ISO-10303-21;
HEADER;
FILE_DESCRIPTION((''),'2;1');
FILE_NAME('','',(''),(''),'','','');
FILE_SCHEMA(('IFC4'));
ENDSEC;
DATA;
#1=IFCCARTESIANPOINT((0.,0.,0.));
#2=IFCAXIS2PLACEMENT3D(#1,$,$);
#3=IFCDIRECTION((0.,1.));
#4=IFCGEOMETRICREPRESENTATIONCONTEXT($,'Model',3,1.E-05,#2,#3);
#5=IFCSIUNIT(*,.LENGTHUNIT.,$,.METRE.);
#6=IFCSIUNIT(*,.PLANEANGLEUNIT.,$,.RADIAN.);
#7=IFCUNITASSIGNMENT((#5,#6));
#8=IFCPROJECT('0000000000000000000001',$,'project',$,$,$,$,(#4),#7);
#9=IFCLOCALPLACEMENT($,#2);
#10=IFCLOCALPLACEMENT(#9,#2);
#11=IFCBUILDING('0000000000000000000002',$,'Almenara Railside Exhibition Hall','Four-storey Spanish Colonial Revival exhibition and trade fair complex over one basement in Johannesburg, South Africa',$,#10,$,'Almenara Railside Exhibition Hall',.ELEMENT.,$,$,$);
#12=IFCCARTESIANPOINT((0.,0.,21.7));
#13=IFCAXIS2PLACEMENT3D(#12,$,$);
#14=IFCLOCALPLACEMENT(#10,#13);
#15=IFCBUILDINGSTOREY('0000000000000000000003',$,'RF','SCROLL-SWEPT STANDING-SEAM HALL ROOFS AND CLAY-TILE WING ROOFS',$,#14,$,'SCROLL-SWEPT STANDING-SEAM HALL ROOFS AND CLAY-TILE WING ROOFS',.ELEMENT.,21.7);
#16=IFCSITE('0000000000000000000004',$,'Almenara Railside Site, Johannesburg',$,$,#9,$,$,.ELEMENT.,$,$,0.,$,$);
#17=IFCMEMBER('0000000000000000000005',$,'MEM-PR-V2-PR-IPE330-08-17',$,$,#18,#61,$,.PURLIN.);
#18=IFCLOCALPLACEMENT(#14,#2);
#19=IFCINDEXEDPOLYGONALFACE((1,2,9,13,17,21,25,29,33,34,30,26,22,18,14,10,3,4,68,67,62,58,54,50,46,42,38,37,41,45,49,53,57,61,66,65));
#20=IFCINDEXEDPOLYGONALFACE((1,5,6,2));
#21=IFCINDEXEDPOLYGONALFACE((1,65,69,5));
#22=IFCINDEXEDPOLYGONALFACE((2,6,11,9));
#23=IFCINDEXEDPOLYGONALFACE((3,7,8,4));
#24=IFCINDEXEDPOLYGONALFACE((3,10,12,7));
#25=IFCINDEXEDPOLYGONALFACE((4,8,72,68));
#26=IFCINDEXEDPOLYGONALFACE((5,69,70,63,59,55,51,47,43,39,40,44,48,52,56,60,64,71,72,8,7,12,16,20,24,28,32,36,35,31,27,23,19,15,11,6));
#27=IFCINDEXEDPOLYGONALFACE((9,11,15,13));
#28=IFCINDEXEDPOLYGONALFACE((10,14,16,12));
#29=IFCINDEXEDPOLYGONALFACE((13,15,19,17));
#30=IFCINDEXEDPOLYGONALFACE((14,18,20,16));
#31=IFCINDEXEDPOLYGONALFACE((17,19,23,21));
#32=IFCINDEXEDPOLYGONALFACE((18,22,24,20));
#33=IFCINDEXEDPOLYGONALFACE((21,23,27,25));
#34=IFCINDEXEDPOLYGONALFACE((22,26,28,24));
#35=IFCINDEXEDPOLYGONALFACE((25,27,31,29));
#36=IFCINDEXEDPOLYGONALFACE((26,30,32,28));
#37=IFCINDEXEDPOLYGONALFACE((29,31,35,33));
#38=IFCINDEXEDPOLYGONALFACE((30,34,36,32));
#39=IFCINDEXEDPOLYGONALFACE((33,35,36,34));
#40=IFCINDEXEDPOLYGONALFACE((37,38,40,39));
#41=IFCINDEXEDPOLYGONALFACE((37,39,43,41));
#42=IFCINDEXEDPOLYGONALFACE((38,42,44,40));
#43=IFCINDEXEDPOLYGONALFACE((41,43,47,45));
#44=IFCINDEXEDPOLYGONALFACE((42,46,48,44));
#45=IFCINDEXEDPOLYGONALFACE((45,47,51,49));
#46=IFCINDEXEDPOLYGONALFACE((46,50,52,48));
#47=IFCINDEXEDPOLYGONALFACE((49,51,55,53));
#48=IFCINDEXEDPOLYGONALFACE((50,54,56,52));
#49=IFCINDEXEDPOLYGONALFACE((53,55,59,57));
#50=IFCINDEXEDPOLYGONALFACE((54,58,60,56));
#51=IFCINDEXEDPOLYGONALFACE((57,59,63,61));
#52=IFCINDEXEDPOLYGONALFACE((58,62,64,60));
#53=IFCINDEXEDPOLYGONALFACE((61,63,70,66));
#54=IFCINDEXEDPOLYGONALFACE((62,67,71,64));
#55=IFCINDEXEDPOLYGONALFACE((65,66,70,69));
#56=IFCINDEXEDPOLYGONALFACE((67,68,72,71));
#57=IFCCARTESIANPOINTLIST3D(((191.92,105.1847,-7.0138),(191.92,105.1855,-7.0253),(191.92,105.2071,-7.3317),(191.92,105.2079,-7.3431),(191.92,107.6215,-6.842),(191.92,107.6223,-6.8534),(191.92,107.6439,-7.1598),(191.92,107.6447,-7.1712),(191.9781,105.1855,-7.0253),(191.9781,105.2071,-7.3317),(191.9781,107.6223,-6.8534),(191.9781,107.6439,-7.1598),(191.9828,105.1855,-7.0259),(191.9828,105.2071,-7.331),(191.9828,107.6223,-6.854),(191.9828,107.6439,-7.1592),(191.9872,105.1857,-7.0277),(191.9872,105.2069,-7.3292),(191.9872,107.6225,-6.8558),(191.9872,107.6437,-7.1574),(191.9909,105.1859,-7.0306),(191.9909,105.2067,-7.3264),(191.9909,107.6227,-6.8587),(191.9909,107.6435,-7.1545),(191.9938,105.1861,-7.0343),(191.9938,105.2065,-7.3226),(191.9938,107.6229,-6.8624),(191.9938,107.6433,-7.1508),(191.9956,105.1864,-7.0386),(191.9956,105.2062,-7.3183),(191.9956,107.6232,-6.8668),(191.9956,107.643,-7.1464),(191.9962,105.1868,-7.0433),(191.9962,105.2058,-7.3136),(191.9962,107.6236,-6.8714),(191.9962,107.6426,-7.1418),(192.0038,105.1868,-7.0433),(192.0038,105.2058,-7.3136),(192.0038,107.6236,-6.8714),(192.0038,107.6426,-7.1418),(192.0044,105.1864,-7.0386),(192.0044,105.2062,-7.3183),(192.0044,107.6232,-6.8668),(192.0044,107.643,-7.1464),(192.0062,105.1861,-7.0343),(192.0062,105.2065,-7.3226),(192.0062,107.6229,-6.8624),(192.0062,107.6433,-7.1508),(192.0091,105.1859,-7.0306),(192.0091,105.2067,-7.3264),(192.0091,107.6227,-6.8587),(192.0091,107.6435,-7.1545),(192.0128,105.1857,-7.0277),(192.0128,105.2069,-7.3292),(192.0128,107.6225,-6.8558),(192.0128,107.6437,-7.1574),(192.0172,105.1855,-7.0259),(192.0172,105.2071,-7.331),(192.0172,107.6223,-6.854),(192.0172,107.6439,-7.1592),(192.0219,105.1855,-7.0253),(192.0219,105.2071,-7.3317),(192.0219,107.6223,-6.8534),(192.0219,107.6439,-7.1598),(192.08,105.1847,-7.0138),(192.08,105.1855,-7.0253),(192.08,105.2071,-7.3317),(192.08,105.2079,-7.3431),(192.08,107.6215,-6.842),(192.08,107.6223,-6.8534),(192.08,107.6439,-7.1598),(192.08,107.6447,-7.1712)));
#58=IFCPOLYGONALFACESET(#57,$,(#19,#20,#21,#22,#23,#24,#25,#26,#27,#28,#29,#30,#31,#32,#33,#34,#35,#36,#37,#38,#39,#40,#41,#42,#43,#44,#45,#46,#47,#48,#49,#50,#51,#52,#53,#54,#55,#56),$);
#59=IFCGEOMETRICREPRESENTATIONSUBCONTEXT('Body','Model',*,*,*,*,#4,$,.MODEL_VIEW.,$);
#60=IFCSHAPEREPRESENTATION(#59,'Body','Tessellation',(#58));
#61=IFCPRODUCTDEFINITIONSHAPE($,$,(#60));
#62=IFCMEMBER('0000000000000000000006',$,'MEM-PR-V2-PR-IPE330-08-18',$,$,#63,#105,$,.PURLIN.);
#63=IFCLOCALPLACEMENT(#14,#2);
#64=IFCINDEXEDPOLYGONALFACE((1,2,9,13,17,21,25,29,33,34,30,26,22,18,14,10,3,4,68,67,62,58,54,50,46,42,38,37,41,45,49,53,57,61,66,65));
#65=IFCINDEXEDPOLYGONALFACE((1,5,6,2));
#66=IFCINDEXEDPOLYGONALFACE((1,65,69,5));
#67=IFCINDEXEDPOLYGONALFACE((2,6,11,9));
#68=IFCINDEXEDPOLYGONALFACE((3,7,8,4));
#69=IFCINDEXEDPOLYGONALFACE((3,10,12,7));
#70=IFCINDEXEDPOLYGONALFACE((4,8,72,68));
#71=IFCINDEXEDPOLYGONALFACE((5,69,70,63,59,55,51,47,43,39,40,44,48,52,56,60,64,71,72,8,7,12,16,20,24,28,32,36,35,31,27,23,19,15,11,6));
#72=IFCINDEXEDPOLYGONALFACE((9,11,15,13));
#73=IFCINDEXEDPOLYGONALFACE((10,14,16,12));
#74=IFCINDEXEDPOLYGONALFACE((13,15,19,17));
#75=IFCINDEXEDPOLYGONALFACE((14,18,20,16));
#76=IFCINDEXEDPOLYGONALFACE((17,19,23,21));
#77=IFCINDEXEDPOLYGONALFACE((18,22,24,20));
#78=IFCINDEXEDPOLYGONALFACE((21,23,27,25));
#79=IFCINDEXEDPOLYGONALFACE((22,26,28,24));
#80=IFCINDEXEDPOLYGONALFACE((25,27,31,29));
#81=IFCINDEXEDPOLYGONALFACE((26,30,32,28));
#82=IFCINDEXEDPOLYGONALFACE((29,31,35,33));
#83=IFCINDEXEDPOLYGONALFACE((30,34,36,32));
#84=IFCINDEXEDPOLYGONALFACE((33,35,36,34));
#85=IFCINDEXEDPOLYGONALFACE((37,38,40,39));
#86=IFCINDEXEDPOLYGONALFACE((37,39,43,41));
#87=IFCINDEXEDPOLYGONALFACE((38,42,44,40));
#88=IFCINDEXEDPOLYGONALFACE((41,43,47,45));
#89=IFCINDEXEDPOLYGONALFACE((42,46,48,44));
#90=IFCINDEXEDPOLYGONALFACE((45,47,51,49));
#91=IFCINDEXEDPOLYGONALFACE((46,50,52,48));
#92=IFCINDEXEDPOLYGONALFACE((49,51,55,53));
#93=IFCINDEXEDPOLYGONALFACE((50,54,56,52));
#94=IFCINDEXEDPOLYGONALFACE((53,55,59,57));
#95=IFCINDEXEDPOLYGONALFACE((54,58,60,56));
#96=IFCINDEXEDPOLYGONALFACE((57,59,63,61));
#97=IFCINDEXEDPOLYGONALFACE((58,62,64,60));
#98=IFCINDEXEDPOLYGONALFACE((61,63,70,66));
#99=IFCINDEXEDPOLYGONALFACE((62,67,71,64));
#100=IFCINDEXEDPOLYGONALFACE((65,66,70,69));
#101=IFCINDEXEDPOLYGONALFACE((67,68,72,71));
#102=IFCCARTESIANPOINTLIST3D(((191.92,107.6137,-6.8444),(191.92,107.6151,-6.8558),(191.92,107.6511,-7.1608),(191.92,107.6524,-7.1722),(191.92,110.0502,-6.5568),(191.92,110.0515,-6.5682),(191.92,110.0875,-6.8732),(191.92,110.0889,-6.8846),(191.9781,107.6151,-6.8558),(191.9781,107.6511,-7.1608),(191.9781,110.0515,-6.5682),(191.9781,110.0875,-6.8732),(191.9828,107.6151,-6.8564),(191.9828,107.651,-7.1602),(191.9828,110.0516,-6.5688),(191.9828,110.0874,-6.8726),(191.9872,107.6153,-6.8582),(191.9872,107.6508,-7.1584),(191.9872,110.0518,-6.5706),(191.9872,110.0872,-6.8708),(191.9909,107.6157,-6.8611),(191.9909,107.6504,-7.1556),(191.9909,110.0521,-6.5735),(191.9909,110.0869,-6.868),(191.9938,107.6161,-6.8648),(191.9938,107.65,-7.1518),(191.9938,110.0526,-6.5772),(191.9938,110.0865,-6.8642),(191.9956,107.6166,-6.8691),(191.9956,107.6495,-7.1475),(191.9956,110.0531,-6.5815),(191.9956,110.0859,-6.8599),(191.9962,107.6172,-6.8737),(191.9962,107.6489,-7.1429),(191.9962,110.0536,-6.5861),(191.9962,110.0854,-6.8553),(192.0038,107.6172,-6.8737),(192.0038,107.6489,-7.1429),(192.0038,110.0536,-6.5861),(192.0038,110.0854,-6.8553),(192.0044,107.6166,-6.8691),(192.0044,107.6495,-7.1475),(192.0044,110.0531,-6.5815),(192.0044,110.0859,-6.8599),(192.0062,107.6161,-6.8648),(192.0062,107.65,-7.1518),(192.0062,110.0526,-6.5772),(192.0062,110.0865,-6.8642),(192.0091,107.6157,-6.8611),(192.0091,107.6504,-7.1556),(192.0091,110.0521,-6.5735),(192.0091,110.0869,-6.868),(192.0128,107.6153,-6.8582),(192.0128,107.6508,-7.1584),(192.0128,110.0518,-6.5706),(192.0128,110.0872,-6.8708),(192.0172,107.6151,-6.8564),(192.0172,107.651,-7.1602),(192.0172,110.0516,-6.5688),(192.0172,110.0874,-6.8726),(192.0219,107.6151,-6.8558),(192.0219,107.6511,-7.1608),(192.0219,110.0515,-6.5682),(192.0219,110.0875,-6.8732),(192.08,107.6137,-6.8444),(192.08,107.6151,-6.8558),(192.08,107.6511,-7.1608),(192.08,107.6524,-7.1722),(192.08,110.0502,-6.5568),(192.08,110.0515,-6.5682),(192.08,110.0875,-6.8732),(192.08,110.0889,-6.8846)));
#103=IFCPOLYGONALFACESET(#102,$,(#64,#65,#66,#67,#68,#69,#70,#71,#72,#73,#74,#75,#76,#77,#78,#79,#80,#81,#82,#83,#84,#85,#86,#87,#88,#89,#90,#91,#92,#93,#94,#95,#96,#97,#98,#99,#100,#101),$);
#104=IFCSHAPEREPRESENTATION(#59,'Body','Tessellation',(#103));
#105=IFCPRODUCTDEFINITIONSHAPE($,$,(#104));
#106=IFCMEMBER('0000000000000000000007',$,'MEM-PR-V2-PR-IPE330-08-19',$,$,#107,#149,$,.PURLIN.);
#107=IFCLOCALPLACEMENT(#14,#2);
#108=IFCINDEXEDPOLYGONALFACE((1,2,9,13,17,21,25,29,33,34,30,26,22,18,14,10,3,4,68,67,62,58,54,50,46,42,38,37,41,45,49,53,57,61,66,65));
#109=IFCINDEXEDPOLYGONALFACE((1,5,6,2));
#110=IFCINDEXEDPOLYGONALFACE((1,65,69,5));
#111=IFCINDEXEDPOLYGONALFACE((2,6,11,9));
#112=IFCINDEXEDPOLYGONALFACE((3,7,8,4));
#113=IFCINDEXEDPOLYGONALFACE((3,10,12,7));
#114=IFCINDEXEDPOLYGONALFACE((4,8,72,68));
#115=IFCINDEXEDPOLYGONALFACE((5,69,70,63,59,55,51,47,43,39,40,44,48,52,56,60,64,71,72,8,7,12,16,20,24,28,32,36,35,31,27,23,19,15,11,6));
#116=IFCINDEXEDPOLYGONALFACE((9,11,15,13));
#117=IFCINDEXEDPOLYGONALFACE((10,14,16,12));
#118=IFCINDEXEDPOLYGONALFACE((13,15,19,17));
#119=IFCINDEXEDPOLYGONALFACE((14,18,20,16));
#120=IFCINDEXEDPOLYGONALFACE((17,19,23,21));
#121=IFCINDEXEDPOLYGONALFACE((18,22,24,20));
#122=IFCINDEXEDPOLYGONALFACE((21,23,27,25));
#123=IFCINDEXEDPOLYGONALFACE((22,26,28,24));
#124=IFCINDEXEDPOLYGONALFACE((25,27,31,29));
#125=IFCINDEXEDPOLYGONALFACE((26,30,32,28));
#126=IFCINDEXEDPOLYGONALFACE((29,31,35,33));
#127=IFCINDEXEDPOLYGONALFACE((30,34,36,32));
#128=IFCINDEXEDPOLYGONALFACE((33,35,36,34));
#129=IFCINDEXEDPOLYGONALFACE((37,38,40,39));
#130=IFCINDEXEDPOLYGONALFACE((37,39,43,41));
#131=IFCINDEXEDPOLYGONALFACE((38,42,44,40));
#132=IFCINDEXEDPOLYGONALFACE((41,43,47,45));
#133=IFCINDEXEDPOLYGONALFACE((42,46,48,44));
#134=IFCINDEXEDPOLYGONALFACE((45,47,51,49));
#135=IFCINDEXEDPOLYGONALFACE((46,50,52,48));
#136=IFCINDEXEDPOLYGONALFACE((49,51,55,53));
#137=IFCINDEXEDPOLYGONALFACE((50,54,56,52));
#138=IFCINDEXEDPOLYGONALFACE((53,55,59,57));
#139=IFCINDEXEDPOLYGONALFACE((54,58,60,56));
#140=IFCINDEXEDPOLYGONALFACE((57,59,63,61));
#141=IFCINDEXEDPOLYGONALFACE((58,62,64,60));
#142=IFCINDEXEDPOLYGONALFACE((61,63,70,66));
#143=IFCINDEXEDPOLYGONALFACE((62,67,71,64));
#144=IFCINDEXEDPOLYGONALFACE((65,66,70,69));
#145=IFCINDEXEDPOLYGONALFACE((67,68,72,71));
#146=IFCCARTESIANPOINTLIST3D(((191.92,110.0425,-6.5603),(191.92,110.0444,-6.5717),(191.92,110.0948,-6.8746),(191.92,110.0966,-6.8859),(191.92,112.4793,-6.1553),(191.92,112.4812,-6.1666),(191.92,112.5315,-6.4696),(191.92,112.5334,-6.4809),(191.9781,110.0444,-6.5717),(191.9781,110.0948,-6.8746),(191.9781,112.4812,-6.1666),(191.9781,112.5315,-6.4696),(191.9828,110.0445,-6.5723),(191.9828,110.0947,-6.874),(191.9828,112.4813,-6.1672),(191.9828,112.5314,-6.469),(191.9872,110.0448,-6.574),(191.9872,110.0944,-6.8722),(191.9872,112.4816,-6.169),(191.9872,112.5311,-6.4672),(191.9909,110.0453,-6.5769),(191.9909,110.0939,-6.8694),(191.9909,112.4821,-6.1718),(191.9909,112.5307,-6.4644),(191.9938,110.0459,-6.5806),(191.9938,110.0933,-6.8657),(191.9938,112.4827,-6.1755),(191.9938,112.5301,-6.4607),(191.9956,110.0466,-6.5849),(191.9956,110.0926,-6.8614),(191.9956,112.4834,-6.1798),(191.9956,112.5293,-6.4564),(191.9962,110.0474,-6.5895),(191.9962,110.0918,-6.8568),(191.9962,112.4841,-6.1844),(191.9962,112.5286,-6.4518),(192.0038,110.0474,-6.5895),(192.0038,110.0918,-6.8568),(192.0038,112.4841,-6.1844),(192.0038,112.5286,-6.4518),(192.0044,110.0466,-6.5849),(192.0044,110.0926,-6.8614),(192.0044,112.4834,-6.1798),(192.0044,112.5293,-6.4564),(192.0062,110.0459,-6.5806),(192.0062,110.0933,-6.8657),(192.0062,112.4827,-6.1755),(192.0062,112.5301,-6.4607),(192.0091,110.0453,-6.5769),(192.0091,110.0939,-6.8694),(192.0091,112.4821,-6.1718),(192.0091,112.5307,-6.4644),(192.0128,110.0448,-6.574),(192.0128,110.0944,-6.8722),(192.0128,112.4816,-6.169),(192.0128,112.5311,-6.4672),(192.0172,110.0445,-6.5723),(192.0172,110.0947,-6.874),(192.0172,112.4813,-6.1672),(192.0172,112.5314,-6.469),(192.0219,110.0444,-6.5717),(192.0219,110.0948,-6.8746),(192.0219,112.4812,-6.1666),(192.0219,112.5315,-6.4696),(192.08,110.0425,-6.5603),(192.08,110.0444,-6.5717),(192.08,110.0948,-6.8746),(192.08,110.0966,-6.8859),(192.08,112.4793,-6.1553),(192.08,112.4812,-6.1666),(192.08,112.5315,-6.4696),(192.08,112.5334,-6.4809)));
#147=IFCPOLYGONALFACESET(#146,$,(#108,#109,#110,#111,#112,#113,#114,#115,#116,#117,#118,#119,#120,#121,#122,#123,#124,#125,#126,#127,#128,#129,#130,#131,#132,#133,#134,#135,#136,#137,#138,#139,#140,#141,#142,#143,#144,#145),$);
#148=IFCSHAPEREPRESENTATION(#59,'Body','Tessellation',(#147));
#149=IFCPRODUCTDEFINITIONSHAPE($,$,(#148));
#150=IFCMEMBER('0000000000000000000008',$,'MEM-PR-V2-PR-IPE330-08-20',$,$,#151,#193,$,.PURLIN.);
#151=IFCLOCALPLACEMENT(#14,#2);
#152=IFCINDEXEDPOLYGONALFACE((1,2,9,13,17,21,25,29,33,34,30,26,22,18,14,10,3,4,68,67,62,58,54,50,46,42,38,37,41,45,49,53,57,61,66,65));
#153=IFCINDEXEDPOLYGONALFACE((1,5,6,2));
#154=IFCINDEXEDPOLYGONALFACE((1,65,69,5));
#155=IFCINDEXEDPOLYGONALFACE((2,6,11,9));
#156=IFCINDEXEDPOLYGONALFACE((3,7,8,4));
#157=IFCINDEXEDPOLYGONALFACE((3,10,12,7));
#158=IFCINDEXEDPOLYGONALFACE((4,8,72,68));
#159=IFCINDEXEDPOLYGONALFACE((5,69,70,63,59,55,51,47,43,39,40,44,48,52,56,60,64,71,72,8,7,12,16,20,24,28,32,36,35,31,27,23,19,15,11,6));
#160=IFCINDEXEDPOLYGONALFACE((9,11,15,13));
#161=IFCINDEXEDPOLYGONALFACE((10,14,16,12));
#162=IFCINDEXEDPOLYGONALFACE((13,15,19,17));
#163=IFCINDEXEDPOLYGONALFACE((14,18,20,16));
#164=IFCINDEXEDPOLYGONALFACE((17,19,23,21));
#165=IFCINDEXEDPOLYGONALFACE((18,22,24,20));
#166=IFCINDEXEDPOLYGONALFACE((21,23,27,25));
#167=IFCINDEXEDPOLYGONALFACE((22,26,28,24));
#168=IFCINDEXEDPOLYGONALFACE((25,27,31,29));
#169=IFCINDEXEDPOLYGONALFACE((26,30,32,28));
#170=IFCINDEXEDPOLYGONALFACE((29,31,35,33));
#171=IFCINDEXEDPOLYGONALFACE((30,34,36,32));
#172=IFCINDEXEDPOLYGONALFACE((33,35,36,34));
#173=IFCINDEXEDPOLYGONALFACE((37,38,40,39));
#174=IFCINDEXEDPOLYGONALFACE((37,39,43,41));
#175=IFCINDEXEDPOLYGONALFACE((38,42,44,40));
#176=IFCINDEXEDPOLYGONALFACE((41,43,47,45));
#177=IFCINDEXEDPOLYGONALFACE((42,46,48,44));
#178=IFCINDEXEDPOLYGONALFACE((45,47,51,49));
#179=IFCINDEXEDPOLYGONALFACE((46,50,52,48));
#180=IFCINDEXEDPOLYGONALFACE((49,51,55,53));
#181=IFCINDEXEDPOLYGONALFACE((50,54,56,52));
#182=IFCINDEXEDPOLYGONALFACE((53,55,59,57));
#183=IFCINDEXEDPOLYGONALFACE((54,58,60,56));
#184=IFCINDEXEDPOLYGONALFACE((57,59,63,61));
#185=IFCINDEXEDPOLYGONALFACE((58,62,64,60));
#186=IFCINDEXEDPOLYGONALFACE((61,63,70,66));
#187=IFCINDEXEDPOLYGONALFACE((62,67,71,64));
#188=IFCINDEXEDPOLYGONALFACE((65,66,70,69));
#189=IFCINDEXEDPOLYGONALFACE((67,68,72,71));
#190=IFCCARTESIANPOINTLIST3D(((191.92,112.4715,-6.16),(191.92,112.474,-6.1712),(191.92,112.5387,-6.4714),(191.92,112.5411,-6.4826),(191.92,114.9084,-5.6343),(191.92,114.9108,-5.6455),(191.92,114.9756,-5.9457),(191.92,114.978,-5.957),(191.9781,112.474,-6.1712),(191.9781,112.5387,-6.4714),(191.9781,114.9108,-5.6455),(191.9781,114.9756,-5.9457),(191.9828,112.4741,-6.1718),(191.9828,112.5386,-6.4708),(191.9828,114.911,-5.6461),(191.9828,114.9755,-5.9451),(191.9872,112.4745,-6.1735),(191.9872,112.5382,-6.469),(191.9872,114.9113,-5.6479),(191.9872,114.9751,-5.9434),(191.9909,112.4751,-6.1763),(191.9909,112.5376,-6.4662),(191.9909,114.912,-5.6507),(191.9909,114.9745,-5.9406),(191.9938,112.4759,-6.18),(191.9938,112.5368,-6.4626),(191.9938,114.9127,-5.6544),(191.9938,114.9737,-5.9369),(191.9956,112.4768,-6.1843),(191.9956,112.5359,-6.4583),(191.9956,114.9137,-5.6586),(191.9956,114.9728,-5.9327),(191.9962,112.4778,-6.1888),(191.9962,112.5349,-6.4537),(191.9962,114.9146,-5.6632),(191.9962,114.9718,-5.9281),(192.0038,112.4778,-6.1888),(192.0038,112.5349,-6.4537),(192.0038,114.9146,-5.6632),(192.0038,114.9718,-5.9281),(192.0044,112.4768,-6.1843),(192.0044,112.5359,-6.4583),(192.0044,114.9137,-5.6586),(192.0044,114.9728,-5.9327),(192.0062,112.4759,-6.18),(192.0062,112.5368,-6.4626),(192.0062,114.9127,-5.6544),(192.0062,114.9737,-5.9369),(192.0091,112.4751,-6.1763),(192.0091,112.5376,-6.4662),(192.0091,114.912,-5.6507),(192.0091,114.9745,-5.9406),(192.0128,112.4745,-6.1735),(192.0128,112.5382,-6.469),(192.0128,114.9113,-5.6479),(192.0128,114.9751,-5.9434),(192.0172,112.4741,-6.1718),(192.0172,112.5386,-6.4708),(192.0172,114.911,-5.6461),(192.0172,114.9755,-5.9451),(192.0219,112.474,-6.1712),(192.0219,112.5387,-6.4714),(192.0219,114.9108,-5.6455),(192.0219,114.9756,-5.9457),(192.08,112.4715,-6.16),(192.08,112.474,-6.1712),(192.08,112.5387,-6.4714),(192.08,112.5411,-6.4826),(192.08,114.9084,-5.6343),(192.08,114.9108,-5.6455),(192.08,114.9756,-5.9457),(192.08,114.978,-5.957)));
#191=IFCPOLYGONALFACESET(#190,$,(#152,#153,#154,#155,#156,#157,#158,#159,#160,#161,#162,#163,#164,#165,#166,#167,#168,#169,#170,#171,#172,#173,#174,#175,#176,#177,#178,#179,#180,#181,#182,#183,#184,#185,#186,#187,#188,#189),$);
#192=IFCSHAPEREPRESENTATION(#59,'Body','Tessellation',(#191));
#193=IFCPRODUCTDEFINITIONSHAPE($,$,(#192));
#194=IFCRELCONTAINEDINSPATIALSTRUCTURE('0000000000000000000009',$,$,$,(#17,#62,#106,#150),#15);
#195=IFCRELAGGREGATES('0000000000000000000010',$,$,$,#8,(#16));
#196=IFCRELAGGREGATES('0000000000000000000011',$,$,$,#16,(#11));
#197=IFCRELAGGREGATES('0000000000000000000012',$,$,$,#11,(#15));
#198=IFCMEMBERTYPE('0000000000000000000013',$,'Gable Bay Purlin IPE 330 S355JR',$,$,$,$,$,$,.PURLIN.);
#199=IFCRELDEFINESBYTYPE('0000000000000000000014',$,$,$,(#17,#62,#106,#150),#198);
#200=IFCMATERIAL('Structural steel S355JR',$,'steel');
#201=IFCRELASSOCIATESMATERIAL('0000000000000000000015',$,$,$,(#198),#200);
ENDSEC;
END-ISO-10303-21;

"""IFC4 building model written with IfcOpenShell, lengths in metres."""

from ifc_helpers import new_model, si_unit, direction, frame, origin, origin_2d, place, context, subcontext, project, spatial, i_section, extrude, material, material_profile, profile_set, type_object, element, save


model = new_model("IFC4")

# Units and contexts
model_context = context("Model", 3, precision=1e-05, world=origin(), true_north=direction((0.0, 1.0)))
body_context = subcontext(model_context, "Body", "Model", "MODEL_VIEW")
ifc_project = project(units=[si_unit("LENGTHUNIT", "METRE"), si_unit("PLANEANGLEUNIT", "RADIAN")], contexts=[model_context])

# Site, building, storey
site_placement = place(None, origin())
site = spatial("IfcSite", under=ifc_project, at=site_placement, Name="Almenara Railside Site, Johannesburg", CompositionType="ELEMENT", RefElevation=0.0)
building_placement = place(site_placement, origin())
building = spatial("IfcBuilding", under=site, at=building_placement, Name="Almenara Railside Exhibition Hall", Description="Four-storey Spanish Colonial Revival exhibition and trade fair complex over one basement in Johannesburg, South Africa", LongName="Almenara Railside Exhibition Hall", CompositionType="ELEMENT")
storey_placement = place(building_placement, frame((0.0, 0.0, 21.7)))
storey = spatial("IfcBuildingStorey", under=building, at=storey_placement, Name="RF", Description="SCROLL-SWEPT STANDING-SEAM HALL ROOFS AND CLAY-TILE WING ROOFS", LongName="SCROLL-SWEPT STANDING-SEAM HALL ROOFS AND CLAY-TILE WING ROOFS", CompositionType="ELEMENT", Elevation=21.7)

# Shared definitions
ifc_material = material(Name="Structural steel S355JR", Category="steel")

# Members
ifc_material_profile_1 = material_profile(ifc_material, i_section(OverallWidth=0.1599, OverallDepth=0.3301, WebThickness=0.0076, FlangeThickness=0.0115, FilletRadius=0.0181, at=origin_2d()), Name="IPE 330")
ifc_profile_set_1 = profile_set([ifc_material_profile_1], Name="Structural steel S355JR")
member_type_1 = type_object("IfcMemberType", Name="Gable Bay Purlin IPE 330 S355JR", PredefinedType="PURLIN", material=ifc_profile_set_1)
member_1_placement = place(storey_placement, frame((192.0, 105.1963, -7.1785), z_axis=(0.0, 0.997522, 0.070359), x_axis=(-1.0, 0.0, 0.0)))
element("IfcMember", 1, at=member_1_placement, inside=storey, type_object=member_type_1, Name="MEM-PR-V2-PR-IPE330-08-17", PredefinedType="PURLIN", context=body_context, shape_type="SweptSolid", body=[
    extrude(i_section(OverallWidth=0.1599, OverallDepth=0.3301, WebThickness=0.0076, FlangeThickness=0.0115, FilletRadius=0.0181, at=origin_2d()), origin(), (0.0, 0.0, 1.0), 2.4429),
])
member_2_placement = place(storey_placement, frame((192.0, 107.6331, -7.0083), z_axis=(0.0, 0.993106, 0.117222), x_axis=(-1.0, 0.0, 0.0)))
element("IfcMember", 2, at=member_2_placement, inside=storey, type_object=member_type_1, Name="MEM-PR-V2-PR-IPE330-08-18", PredefinedType="PURLIN", context=body_context, shape_type="SweptSolid", body=[
    extrude(i_section(OverallWidth=0.1599, OverallDepth=0.3301, WebThickness=0.0076, FlangeThickness=0.0115, FilletRadius=0.0181, at=origin_2d()), origin(), (0.0, 0.0, 1.0), 2.4534),
])
member_3_placement = place(storey_placement, frame((192.0, 110.0696, -6.7231), z_axis=(0.0, 0.986466, 0.163966), x_axis=(-1.0, 0.0, 0.0)))
element("IfcMember", 3, at=member_3_placement, inside=storey, type_object=member_type_1, Name="MEM-PR-V2-PR-IPE330-08-19", PredefinedType="PURLIN", context=body_context, shape_type="SweptSolid", body=[
    extrude(i_section(OverallWidth=0.1599, OverallDepth=0.3301, WebThickness=0.0076, FlangeThickness=0.0115, FilletRadius=0.0181, at=origin_2d()), origin(), (0.0, 0.0, 1.0), 2.4702),
])
member_4_placement = place(storey_placement, frame((192.0, 112.5063, -6.3213), z_axis=(0.0, 0.977516, 0.21086), x_axis=(-1.0, 0.0, 0.0)))
element("IfcMember", 4, at=member_4_placement, inside=storey, type_object=member_type_1, Name="MEM-PR-V2-PR-IPE330-08-20", PredefinedType="PURLIN", context=body_context, shape_type="SweptSolid", body=[
    extrude(i_section(OverallWidth=0.1599, OverallDepth=0.3301, WebThickness=0.0076, FlangeThickness=0.0115, FilletRadius=0.0181, at=origin_2d()), origin(), (0.0, 0.0, 1.0), 2.4929),
])

save(model, "model.ifc")
